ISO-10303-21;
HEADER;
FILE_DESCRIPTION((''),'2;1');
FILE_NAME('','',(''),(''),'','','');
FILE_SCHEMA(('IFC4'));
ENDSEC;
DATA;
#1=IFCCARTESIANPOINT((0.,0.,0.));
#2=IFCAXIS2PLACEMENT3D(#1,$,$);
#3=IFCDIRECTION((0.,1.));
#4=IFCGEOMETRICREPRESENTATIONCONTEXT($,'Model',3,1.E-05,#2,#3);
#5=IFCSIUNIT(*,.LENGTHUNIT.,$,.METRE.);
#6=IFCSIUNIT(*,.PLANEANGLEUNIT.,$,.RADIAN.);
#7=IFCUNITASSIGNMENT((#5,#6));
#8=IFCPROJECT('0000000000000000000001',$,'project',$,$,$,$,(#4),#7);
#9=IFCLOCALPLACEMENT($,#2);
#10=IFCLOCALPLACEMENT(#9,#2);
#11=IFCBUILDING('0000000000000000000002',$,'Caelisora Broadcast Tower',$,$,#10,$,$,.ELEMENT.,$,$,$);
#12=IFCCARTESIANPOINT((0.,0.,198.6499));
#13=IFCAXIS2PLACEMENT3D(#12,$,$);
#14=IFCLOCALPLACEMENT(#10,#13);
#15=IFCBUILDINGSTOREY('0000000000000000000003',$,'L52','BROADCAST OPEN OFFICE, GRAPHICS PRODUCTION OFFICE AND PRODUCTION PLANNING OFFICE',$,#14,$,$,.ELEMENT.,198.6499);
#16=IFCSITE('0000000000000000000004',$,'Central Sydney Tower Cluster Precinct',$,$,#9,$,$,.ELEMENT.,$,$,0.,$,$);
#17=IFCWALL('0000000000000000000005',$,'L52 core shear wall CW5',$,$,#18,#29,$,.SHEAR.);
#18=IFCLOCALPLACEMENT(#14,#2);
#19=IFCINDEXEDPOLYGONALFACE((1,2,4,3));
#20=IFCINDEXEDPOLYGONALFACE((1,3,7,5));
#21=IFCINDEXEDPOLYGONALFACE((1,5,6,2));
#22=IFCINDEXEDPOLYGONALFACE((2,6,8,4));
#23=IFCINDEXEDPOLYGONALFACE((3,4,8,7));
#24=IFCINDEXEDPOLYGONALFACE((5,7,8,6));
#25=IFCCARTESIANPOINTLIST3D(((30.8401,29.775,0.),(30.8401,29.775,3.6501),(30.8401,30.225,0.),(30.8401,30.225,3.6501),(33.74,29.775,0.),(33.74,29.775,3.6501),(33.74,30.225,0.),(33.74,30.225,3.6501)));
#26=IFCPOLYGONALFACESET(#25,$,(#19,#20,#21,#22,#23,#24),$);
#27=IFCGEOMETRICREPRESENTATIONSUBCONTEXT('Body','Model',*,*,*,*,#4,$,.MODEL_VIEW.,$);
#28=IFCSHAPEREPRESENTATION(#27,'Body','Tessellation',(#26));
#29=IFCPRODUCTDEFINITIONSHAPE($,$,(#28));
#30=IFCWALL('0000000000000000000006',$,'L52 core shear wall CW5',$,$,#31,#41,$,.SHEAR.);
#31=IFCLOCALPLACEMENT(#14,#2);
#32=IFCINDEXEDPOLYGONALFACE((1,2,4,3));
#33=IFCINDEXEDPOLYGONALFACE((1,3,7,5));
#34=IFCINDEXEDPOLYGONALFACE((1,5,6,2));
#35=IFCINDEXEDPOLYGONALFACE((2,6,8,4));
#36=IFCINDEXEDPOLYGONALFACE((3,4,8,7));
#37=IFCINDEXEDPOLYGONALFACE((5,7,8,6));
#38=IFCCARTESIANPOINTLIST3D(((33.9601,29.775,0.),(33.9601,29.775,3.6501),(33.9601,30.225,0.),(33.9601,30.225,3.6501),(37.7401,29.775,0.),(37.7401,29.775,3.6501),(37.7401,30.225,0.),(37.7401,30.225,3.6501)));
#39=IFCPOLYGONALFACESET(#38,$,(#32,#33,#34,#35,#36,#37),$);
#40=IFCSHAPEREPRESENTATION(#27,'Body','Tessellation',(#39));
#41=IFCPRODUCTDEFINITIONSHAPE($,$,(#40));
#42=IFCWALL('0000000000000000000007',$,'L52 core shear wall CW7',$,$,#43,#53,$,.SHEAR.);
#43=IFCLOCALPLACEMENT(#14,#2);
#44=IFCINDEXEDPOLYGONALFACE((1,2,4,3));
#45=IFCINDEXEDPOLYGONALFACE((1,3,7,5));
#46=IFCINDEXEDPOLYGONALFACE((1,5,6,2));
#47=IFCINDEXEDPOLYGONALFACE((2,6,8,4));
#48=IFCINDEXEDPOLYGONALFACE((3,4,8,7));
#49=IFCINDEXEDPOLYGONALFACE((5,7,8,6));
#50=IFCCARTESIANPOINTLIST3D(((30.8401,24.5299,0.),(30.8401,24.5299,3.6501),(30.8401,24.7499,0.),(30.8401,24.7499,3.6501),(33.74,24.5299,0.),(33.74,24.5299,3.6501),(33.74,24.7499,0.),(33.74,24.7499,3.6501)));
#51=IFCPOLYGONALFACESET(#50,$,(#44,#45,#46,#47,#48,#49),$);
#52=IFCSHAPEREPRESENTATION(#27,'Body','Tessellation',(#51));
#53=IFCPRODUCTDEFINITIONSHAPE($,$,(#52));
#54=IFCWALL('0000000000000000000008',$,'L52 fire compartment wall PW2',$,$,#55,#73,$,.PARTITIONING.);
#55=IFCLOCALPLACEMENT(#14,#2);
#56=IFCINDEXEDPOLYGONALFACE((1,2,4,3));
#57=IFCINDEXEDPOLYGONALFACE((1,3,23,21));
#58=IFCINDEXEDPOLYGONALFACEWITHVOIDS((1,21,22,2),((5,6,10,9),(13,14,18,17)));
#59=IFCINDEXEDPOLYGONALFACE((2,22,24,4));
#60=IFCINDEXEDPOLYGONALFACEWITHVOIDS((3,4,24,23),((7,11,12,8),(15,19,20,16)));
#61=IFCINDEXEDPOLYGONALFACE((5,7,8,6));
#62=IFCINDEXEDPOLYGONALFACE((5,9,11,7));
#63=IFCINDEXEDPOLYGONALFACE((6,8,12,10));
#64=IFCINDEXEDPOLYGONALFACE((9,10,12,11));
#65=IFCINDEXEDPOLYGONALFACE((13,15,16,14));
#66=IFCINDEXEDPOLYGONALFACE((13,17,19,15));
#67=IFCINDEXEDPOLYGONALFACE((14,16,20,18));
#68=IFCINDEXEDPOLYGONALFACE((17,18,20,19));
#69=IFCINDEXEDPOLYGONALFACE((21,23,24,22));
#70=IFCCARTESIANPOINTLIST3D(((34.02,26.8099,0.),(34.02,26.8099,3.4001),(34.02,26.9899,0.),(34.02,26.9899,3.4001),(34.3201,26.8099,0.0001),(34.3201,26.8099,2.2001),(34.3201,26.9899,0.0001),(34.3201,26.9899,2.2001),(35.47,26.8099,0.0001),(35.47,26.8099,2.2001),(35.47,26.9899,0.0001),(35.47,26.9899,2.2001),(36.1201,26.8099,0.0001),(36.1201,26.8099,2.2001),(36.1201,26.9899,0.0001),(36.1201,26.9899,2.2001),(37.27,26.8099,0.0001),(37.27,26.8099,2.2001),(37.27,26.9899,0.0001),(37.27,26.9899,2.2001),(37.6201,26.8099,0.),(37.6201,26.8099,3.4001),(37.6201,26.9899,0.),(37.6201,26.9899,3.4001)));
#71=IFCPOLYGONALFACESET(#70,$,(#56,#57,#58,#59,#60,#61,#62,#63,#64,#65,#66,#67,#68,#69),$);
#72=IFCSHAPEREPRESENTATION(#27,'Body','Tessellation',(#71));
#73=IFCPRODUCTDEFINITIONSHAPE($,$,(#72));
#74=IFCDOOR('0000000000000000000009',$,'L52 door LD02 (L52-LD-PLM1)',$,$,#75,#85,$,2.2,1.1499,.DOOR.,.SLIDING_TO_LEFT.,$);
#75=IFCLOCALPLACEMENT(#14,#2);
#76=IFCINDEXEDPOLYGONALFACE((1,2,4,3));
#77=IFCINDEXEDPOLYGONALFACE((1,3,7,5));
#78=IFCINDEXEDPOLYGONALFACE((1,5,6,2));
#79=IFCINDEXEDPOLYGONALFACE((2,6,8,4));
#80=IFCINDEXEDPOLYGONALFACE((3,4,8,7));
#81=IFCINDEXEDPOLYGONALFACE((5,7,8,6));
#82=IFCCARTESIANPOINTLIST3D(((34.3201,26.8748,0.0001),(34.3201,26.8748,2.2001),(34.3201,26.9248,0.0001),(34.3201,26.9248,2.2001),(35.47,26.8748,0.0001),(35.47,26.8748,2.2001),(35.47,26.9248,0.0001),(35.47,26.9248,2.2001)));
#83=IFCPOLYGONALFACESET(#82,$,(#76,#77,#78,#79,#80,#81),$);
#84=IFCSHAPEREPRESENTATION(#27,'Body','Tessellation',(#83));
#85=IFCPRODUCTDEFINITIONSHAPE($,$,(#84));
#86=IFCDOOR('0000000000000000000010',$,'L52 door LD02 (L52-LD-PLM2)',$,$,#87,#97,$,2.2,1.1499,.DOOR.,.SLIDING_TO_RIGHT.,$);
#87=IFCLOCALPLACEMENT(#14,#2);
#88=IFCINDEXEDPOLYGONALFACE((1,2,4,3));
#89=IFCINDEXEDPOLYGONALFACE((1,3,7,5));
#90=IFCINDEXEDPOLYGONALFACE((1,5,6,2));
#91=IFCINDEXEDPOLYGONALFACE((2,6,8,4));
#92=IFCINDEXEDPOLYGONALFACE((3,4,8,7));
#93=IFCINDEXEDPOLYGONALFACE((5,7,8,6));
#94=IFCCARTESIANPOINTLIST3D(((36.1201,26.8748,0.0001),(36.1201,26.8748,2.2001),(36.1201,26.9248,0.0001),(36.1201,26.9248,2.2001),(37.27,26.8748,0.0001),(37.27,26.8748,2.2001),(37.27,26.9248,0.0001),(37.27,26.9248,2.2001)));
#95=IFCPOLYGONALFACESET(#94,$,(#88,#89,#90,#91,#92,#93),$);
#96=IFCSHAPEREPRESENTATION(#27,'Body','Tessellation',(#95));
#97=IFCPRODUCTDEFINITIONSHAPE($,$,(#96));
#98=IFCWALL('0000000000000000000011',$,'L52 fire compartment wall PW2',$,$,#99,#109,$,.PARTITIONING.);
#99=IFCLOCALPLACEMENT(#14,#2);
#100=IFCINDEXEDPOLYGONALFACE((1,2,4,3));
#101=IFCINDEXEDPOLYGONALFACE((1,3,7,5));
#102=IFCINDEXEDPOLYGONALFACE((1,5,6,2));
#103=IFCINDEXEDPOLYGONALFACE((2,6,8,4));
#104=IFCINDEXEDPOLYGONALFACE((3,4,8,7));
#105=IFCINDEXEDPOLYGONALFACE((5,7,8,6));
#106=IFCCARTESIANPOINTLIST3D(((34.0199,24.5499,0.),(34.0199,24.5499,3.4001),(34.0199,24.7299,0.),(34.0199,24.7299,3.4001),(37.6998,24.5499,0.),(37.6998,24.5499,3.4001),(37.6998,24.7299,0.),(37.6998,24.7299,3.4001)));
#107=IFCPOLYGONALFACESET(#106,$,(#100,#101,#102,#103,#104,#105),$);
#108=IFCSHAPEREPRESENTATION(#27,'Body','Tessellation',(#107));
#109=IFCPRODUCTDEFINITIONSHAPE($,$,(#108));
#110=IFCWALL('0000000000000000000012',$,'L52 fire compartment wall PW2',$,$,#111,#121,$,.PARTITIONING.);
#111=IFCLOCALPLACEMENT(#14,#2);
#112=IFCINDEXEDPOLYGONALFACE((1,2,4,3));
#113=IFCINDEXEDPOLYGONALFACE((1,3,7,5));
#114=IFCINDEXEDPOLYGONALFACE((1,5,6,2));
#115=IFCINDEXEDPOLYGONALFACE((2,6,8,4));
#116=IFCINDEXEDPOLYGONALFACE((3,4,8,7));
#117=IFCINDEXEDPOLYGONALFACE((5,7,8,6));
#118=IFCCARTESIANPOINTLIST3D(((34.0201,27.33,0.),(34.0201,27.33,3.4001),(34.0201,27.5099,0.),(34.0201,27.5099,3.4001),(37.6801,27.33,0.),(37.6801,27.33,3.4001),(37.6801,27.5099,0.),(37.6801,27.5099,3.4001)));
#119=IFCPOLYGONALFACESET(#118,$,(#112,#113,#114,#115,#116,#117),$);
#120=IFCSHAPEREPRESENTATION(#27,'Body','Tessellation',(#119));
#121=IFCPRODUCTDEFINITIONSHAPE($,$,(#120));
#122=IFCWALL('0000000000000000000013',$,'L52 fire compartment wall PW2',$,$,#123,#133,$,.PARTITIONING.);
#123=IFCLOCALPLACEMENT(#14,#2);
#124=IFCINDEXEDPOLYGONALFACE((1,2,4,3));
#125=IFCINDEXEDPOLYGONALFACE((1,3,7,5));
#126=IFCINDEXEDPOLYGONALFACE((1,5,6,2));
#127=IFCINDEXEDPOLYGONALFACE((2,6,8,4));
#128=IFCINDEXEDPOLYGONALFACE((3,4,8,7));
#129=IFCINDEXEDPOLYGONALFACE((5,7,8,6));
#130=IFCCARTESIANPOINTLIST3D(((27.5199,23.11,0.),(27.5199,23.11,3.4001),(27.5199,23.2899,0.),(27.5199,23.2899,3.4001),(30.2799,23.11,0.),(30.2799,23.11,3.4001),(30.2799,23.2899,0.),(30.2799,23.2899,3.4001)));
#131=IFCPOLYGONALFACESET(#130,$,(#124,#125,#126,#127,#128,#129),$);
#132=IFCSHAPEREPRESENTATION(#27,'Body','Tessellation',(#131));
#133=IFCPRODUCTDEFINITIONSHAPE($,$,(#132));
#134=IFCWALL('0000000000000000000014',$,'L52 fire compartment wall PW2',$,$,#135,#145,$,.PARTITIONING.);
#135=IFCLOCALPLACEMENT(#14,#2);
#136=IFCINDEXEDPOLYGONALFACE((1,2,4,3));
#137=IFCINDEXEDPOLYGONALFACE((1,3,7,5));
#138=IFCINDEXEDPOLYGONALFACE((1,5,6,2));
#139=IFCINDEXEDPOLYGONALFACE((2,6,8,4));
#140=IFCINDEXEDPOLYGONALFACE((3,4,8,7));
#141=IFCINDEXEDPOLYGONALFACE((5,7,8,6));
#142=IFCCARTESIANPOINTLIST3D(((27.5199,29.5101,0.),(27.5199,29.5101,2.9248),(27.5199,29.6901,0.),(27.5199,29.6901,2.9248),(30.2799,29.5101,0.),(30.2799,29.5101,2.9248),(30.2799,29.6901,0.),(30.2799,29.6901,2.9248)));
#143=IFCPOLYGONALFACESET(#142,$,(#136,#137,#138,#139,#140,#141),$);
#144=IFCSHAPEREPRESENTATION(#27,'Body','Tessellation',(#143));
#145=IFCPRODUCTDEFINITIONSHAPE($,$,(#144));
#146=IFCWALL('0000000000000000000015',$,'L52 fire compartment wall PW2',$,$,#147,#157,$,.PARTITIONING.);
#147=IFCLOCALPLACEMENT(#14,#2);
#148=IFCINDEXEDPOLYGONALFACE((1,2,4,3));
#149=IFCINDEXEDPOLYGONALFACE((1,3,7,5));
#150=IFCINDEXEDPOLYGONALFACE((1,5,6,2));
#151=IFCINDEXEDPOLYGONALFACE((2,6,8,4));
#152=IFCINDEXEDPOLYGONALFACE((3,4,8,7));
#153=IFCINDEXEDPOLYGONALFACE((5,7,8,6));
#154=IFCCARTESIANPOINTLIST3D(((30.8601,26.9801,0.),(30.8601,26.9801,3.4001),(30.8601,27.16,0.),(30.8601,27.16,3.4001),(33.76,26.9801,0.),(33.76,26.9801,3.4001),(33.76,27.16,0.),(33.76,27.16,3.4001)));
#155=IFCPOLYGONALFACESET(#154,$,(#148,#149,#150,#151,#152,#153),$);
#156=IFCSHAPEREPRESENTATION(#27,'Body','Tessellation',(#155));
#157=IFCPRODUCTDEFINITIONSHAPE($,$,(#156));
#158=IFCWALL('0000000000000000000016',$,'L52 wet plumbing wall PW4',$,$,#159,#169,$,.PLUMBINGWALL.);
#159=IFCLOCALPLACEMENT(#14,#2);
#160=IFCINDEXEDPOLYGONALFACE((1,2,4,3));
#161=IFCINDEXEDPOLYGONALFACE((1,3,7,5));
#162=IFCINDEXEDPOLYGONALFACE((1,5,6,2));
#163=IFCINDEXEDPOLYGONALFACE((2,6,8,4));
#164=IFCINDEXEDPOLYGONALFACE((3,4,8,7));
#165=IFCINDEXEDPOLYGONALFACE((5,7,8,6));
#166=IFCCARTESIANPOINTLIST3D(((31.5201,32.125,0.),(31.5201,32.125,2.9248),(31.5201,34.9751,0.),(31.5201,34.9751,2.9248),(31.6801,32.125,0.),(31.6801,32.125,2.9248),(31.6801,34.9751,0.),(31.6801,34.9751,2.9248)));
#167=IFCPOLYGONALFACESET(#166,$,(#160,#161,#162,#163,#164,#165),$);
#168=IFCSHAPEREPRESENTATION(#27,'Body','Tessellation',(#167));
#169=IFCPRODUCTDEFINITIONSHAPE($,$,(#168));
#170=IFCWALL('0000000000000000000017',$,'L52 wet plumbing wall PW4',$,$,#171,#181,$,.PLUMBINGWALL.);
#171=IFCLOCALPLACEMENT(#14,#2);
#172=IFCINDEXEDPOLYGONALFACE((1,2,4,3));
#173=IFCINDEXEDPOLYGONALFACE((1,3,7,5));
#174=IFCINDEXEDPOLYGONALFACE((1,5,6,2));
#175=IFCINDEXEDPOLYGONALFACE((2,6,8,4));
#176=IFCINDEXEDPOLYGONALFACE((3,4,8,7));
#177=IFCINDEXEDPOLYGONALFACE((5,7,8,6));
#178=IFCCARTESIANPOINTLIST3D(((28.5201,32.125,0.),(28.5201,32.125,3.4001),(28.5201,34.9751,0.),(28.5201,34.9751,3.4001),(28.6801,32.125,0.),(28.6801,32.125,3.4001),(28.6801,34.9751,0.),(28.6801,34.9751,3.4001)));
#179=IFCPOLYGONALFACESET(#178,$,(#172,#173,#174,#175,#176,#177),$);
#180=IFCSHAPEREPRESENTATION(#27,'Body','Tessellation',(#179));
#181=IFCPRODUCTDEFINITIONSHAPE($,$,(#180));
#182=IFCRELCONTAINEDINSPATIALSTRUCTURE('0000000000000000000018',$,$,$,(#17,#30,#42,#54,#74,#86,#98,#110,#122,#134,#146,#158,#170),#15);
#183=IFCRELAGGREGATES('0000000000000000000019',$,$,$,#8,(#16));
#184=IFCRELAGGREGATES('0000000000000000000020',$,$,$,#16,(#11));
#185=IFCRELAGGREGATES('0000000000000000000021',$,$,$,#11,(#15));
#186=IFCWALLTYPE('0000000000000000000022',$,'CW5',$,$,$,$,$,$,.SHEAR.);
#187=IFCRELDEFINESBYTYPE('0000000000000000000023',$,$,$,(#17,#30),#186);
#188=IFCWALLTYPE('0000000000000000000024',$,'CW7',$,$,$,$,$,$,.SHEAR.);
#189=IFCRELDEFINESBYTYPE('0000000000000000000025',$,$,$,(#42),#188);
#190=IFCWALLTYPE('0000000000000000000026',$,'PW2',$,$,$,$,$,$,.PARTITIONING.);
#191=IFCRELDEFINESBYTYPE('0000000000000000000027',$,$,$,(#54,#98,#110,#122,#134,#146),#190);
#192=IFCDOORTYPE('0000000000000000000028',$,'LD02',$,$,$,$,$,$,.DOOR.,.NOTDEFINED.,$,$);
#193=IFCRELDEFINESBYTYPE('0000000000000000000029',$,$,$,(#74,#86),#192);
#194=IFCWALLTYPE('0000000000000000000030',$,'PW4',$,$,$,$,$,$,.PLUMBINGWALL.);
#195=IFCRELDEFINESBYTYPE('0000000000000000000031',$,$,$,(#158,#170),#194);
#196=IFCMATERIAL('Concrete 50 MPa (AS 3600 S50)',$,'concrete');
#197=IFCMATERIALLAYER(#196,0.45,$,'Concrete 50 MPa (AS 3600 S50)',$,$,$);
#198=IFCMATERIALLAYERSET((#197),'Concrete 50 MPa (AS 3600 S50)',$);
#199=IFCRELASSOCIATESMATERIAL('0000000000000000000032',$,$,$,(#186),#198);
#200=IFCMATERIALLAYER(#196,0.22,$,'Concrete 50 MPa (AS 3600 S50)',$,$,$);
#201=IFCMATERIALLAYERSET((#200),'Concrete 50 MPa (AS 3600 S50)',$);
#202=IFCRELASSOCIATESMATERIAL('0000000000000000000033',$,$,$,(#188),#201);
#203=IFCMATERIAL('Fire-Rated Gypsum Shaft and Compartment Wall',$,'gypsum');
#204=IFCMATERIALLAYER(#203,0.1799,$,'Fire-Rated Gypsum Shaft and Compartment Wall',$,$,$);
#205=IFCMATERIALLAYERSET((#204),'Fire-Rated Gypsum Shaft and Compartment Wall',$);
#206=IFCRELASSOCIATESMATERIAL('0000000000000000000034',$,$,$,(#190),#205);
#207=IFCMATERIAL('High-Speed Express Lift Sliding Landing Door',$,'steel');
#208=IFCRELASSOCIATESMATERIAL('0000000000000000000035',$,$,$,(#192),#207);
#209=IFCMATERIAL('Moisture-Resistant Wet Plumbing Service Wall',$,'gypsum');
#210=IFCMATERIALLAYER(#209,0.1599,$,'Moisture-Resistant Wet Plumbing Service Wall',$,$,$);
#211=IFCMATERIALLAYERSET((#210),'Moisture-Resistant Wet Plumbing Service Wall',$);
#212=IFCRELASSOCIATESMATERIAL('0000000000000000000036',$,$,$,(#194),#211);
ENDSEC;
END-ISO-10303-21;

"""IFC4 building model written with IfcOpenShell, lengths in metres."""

from ifc_helpers import new_model, si_unit, direction, frame, frame_2d, origin, place, context, subcontext, project, spatial, rectangle, extrude, material, layer, layer_set, type_object, element, fill, save


model = new_model("IFC4")

# Units and contexts
model_context = context("Model", 3, precision=1e-05, world=origin(), true_north=direction((0.0, 1.0)))
body_context = subcontext(model_context, "Body", "Model", "MODEL_VIEW")
ifc_project = project(units=[si_unit("LENGTHUNIT", "METRE"), si_unit("PLANEANGLEUNIT", "RADIAN")], contexts=[model_context])

# Site, building, storey
site_placement = place(None, origin())
site = spatial("IfcSite", under=ifc_project, at=site_placement, Name="Central Sydney Tower Cluster Precinct", CompositionType="ELEMENT", RefElevation=0.0)
building_placement = place(site_placement, origin())
building = spatial("IfcBuilding", under=site, at=building_placement, Name="Caelisora Broadcast Tower", CompositionType="ELEMENT")
storey_placement = place(building_placement, frame((0.0, 0.0, 198.6499)))
storey = spatial("IfcBuildingStorey", under=building, at=storey_placement, Name="L52", Description="BROADCAST OPEN OFFICE, GRAPHICS PRODUCTION OFFICE AND PRODUCTION PLANNING OFFICE", CompositionType="ELEMENT", Elevation=198.6499)

# Walls
ifc_material_1 = material(Name="Concrete 50 MPa (AS 3600 S50)", Category="concrete")
ifc_layer_1 = layer(ifc_material_1, 0.45, Name="Concrete 50 MPa (AS 3600 S50)")
ifc_layer_set_1 = layer_set([ifc_layer_1], Name="Concrete 50 MPa (AS 3600 S50)")
wall_type_1 = type_object("IfcWallType", Name="CW5", PredefinedType="SHEAR", material=ifc_layer_set_1)
wall_1_placement = place(storey_placement, frame((30.8401, 30.0, 0.0), z_axis=(0.0, 0.0, 1.0), x_axis=(1.0, 0.0, 0.0)))
element("IfcWall", 1, at=wall_1_placement, inside=storey, type_object=wall_type_1, Name="L52 core shear wall CW5", PredefinedType="SHEAR", context=body_context, shape_type="SweptSolid", body=[
    extrude(rectangle(XDim=2.8999, YDim=0.45, at=frame_2d((1.45, 0.0))), origin(), (0.0, 0.0, 1.0), 3.6501),
])
wall_2_placement = place(storey_placement, frame((33.96, 30.0, 0.0), z_axis=(0.0, 0.0, 1.0), x_axis=(1.0, 0.0, 0.0)))
element("IfcWall", 2, at=wall_2_placement, inside=storey, type_object=wall_type_1, Name="L52 core shear wall CW5", PredefinedType="SHEAR", context=body_context, shape_type="SweptSolid", body=[
    extrude(rectangle(XDim=3.78, YDim=0.45, at=frame_2d((1.8901, 0.0))), origin(), (0.0, 0.0, 1.0), 3.6501),
])
ifc_layer_2 = layer(ifc_material_1, 0.22, Name="Concrete 50 MPa (AS 3600 S50)")
ifc_layer_set_2 = layer_set([ifc_layer_2], Name="Concrete 50 MPa (AS 3600 S50)")
wall_type_2 = type_object("IfcWallType", Name="CW7", PredefinedType="SHEAR", material=ifc_layer_set_2)
wall_3_placement = place(storey_placement, frame((30.8401, 24.6399, 0.0), z_axis=(0.0, 0.0, 1.0), x_axis=(1.0, 0.0, 0.0)))
element("IfcWall", 3, at=wall_3_placement, inside=storey, type_object=wall_type_2, Name="L52 core shear wall CW7", PredefinedType="SHEAR", context=body_context, shape_type="SweptSolid", body=[
    extrude(rectangle(XDim=2.8999, YDim=0.22, at=frame_2d((1.45, 0.0))), origin(), (0.0, 0.0, 1.0), 3.6501),
])

# Wall, openings, doors
ifc_material_2 = material(Name="Fire-Rated Gypsum Shaft and Compartment Wall", Category="gypsum")
ifc_layer_3 = layer(ifc_material_2, 0.1799, Name="Fire-Rated Gypsum Shaft and Compartment Wall")
ifc_layer_set_3 = layer_set([ifc_layer_3], Name="Fire-Rated Gypsum Shaft and Compartment Wall")
wall_type_3 = type_object("IfcWallType", Name="PW2", PredefinedType="PARTITIONING", material=ifc_layer_set_3)
wall_4_placement = place(storey_placement, frame((34.02, 26.8999, 0.0), z_axis=(0.0, 0.0, 1.0), x_axis=(1.0, 0.0, 0.0)))
wall_4 = element("IfcWall", 4, at=wall_4_placement, inside=storey, type_object=wall_type_3, Name="L52 fire compartment wall PW2", PredefinedType="PARTITIONING", context=body_context, shape_type="SweptSolid", body=[
    extrude(rectangle(XDim=3.6001, YDim=0.1799, at=frame_2d((1.8, 0.0))), origin(), (0.0, 0.0, 1.0), 3.4001),
])
opening_1_placement = place(wall_4_placement, frame((0.3, 0.0, 0.0)))
opening_1 = element("IfcOpeningElement", 5, at=opening_1_placement, cuts=wall_4, PredefinedType="OPENING", context=body_context, shape_type="SweptSolid", body=[
    extrude(rectangle(XDim=1.1499, YDim=2.2, at=frame_2d((0.575, 1.1001))), frame((0.0, 0.1021, 0.0), z_axis=(0.0, -1.0, 0.0), x_axis=(1.0, 0.0, 0.0)), (0.0, 0.0, 1.0), 0.2039),
])
opening_2_placement = place(wall_4_placement, frame((2.1001, 0.0, 0.0)))
opening_2 = element("IfcOpeningElement", 6, at=opening_2_placement, cuts=wall_4, PredefinedType="OPENING", context=body_context, shape_type="SweptSolid", body=[
    extrude(rectangle(XDim=1.1499, YDim=2.2, at=frame_2d((0.575, 1.1001))), frame((0.0, 0.1021, 0.0), z_axis=(0.0, -1.0, 0.0), x_axis=(1.0, 0.0, 0.0)), (0.0, 0.0, 1.0), 0.2039),
])
ifc_material_3 = material(Name="High-Speed Express Lift Sliding Landing Door", Category="steel")
door_type = type_object("IfcDoorType", Name="LD02", OperationType="NOTDEFINED", PredefinedType="DOOR", material=ifc_material_3)
door_1_placement = place(opening_1_placement, origin())
door_1 = element("IfcDoor", 7, at=door_1_placement, inside=storey, type_object=door_type, Name="L52 door LD02 (L52-LD-PLM1)", OperationType="SLIDING_TO_LEFT", OverallHeight=2.2, OverallWidth=1.1499, PredefinedType="DOOR", context=body_context, shape_type="SweptSolid", body=[
    extrude(rectangle(XDim=1.1499, YDim=2.2, at=frame_2d((0.575, 1.1001))), frame((0.0, 0.0249, 0.0), z_axis=(0.0, -1.0, 0.0), x_axis=(1.0, 0.0, 0.0)), (0.0, 0.0, 1.0), 0.05),
])
fill(opening_1, door_1)
door_2_placement = place(opening_2_placement, origin())
door_2 = element("IfcDoor", 8, at=door_2_placement, inside=storey, type_object=door_type, Name="L52 door LD02 (L52-LD-PLM2)", OperationType="SLIDING_TO_RIGHT", OverallHeight=2.2, OverallWidth=1.1499, PredefinedType="DOOR", context=body_context, shape_type="SweptSolid", body=[
    extrude(rectangle(XDim=1.1499, YDim=2.2, at=frame_2d((0.575, 1.1001))), frame((0.0, 0.0249, 0.0), z_axis=(0.0, -1.0, 0.0), x_axis=(1.0, 0.0, 0.0)), (0.0, 0.0, 1.0), 0.05),
])
fill(opening_2, door_2)

# Walls
wall_5_placement = place(storey_placement, frame((34.02, 24.6399, 0.0), z_axis=(0.0, 0.0, 1.0), x_axis=(1.0, 0.0, 0.0)))
element("IfcWall", 9, at=wall_5_placement, inside=storey, type_object=wall_type_3, Name="L52 fire compartment wall PW2", PredefinedType="PARTITIONING", context=body_context, shape_type="SweptSolid", body=[
    extrude(rectangle(XDim=3.6799, YDim=0.1799, at=frame_2d((1.8398, 0.0))), origin(), (0.0, 0.0, 1.0), 3.4001),
])
wall_6_placement = place(storey_placement, frame((34.02, 27.4199, 0.0), z_axis=(0.0, 0.0, 1.0), x_axis=(1.0, 0.0, 0.0)))
element("IfcWall", 10, at=wall_6_placement, inside=storey, type_object=wall_type_3, Name="L52 fire compartment wall PW2", PredefinedType="PARTITIONING", context=body_context, shape_type="SweptSolid", body=[
    extrude(rectangle(XDim=3.6599, YDim=0.1799, at=frame_2d((1.8301, 0.0))), origin(), (0.0, 0.0, 1.0), 3.4001),
])
wall_7_placement = place(storey_placement, frame((27.52, 23.2, 0.0), z_axis=(0.0, 0.0, 1.0), x_axis=(1.0, 0.0, 0.0)))
element("IfcWall", 11, at=wall_7_placement, inside=storey, type_object=wall_type_3, Name="L52 fire compartment wall PW2", PredefinedType="PARTITIONING", context=body_context, shape_type="SweptSolid", body=[
    extrude(rectangle(XDim=2.76, YDim=0.1799, at=frame_2d((1.3799, 0.0))), origin(), (0.0, 0.0, 1.0), 3.4001),
])
wall_8_placement = place(storey_placement, frame((27.52, 29.6001, 0.0), z_axis=(0.0, 0.0, 1.0), x_axis=(1.0, 0.0, 0.0)))
element("IfcWall", 12, at=wall_8_placement, inside=storey, type_object=wall_type_3, Name="L52 fire compartment wall PW2", PredefinedType="PARTITIONING", context=body_context, shape_type="SweptSolid", body=[
    extrude(rectangle(XDim=2.76, YDim=0.1799, at=frame_2d((1.3799, 0.0))), origin(), (0.0, 0.0, 1.0), 2.9248),
])
wall_9_placement = place(storey_placement, frame((30.8601, 27.0701, 0.0), z_axis=(0.0, 0.0, 1.0), x_axis=(1.0, 0.0, 0.0)))
element("IfcWall", 13, at=wall_9_placement, inside=storey, type_object=wall_type_3, Name="L52 fire compartment wall PW2", PredefinedType="PARTITIONING", context=body_context, shape_type="SweptSolid", body=[
    extrude(rectangle(XDim=2.8999, YDim=0.1799, at=frame_2d((1.45, 0.0))), origin(), (0.0, 0.0, 1.0), 3.4001),
])
ifc_material_4 = material(Name="Moisture-Resistant Wet Plumbing Service Wall", Category="gypsum")
ifc_layer_4 = layer(ifc_material_4, 0.1599, Name="Moisture-Resistant Wet Plumbing Service Wall")
ifc_layer_set_4 = layer_set([ifc_layer_4], Name="Moisture-Resistant Wet Plumbing Service Wall")
wall_type_4 = type_object("IfcWallType", Name="PW4", PredefinedType="PLUMBINGWALL", material=ifc_layer_set_4)
wall_10_placement = place(storey_placement, frame((31.6001, 32.125, 0.0), z_axis=(0.0, 0.0, 1.0), x_axis=(0.0, 1.0, 0.0)))
element("IfcWall", 14, at=wall_10_placement, inside=storey, type_object=wall_type_4, Name="L52 wet plumbing wall PW4", PredefinedType="PLUMBINGWALL", context=body_context, shape_type="SweptSolid", body=[
    extrude(rectangle(XDim=2.8501, YDim=0.1599, at=frame_2d((1.425, 0.0))), origin(), (0.0, 0.0, 1.0), 2.9248),
])
wall_11_placement = place(storey_placement, frame((28.6001, 32.125, 0.0), z_axis=(0.0, 0.0, 1.0), x_axis=(0.0, 1.0, 0.0)))
element("IfcWall", 15, at=wall_11_placement, inside=storey, type_object=wall_type_4, Name="L52 wet plumbing wall PW4", PredefinedType="PLUMBINGWALL", context=body_context, shape_type="SweptSolid", body=[
    extrude(rectangle(XDim=2.8501, YDim=0.1599, at=frame_2d((1.425, 0.0))), origin(), (0.0, 0.0, 1.0), 3.4001),
])

save(model, "model.ifc")
